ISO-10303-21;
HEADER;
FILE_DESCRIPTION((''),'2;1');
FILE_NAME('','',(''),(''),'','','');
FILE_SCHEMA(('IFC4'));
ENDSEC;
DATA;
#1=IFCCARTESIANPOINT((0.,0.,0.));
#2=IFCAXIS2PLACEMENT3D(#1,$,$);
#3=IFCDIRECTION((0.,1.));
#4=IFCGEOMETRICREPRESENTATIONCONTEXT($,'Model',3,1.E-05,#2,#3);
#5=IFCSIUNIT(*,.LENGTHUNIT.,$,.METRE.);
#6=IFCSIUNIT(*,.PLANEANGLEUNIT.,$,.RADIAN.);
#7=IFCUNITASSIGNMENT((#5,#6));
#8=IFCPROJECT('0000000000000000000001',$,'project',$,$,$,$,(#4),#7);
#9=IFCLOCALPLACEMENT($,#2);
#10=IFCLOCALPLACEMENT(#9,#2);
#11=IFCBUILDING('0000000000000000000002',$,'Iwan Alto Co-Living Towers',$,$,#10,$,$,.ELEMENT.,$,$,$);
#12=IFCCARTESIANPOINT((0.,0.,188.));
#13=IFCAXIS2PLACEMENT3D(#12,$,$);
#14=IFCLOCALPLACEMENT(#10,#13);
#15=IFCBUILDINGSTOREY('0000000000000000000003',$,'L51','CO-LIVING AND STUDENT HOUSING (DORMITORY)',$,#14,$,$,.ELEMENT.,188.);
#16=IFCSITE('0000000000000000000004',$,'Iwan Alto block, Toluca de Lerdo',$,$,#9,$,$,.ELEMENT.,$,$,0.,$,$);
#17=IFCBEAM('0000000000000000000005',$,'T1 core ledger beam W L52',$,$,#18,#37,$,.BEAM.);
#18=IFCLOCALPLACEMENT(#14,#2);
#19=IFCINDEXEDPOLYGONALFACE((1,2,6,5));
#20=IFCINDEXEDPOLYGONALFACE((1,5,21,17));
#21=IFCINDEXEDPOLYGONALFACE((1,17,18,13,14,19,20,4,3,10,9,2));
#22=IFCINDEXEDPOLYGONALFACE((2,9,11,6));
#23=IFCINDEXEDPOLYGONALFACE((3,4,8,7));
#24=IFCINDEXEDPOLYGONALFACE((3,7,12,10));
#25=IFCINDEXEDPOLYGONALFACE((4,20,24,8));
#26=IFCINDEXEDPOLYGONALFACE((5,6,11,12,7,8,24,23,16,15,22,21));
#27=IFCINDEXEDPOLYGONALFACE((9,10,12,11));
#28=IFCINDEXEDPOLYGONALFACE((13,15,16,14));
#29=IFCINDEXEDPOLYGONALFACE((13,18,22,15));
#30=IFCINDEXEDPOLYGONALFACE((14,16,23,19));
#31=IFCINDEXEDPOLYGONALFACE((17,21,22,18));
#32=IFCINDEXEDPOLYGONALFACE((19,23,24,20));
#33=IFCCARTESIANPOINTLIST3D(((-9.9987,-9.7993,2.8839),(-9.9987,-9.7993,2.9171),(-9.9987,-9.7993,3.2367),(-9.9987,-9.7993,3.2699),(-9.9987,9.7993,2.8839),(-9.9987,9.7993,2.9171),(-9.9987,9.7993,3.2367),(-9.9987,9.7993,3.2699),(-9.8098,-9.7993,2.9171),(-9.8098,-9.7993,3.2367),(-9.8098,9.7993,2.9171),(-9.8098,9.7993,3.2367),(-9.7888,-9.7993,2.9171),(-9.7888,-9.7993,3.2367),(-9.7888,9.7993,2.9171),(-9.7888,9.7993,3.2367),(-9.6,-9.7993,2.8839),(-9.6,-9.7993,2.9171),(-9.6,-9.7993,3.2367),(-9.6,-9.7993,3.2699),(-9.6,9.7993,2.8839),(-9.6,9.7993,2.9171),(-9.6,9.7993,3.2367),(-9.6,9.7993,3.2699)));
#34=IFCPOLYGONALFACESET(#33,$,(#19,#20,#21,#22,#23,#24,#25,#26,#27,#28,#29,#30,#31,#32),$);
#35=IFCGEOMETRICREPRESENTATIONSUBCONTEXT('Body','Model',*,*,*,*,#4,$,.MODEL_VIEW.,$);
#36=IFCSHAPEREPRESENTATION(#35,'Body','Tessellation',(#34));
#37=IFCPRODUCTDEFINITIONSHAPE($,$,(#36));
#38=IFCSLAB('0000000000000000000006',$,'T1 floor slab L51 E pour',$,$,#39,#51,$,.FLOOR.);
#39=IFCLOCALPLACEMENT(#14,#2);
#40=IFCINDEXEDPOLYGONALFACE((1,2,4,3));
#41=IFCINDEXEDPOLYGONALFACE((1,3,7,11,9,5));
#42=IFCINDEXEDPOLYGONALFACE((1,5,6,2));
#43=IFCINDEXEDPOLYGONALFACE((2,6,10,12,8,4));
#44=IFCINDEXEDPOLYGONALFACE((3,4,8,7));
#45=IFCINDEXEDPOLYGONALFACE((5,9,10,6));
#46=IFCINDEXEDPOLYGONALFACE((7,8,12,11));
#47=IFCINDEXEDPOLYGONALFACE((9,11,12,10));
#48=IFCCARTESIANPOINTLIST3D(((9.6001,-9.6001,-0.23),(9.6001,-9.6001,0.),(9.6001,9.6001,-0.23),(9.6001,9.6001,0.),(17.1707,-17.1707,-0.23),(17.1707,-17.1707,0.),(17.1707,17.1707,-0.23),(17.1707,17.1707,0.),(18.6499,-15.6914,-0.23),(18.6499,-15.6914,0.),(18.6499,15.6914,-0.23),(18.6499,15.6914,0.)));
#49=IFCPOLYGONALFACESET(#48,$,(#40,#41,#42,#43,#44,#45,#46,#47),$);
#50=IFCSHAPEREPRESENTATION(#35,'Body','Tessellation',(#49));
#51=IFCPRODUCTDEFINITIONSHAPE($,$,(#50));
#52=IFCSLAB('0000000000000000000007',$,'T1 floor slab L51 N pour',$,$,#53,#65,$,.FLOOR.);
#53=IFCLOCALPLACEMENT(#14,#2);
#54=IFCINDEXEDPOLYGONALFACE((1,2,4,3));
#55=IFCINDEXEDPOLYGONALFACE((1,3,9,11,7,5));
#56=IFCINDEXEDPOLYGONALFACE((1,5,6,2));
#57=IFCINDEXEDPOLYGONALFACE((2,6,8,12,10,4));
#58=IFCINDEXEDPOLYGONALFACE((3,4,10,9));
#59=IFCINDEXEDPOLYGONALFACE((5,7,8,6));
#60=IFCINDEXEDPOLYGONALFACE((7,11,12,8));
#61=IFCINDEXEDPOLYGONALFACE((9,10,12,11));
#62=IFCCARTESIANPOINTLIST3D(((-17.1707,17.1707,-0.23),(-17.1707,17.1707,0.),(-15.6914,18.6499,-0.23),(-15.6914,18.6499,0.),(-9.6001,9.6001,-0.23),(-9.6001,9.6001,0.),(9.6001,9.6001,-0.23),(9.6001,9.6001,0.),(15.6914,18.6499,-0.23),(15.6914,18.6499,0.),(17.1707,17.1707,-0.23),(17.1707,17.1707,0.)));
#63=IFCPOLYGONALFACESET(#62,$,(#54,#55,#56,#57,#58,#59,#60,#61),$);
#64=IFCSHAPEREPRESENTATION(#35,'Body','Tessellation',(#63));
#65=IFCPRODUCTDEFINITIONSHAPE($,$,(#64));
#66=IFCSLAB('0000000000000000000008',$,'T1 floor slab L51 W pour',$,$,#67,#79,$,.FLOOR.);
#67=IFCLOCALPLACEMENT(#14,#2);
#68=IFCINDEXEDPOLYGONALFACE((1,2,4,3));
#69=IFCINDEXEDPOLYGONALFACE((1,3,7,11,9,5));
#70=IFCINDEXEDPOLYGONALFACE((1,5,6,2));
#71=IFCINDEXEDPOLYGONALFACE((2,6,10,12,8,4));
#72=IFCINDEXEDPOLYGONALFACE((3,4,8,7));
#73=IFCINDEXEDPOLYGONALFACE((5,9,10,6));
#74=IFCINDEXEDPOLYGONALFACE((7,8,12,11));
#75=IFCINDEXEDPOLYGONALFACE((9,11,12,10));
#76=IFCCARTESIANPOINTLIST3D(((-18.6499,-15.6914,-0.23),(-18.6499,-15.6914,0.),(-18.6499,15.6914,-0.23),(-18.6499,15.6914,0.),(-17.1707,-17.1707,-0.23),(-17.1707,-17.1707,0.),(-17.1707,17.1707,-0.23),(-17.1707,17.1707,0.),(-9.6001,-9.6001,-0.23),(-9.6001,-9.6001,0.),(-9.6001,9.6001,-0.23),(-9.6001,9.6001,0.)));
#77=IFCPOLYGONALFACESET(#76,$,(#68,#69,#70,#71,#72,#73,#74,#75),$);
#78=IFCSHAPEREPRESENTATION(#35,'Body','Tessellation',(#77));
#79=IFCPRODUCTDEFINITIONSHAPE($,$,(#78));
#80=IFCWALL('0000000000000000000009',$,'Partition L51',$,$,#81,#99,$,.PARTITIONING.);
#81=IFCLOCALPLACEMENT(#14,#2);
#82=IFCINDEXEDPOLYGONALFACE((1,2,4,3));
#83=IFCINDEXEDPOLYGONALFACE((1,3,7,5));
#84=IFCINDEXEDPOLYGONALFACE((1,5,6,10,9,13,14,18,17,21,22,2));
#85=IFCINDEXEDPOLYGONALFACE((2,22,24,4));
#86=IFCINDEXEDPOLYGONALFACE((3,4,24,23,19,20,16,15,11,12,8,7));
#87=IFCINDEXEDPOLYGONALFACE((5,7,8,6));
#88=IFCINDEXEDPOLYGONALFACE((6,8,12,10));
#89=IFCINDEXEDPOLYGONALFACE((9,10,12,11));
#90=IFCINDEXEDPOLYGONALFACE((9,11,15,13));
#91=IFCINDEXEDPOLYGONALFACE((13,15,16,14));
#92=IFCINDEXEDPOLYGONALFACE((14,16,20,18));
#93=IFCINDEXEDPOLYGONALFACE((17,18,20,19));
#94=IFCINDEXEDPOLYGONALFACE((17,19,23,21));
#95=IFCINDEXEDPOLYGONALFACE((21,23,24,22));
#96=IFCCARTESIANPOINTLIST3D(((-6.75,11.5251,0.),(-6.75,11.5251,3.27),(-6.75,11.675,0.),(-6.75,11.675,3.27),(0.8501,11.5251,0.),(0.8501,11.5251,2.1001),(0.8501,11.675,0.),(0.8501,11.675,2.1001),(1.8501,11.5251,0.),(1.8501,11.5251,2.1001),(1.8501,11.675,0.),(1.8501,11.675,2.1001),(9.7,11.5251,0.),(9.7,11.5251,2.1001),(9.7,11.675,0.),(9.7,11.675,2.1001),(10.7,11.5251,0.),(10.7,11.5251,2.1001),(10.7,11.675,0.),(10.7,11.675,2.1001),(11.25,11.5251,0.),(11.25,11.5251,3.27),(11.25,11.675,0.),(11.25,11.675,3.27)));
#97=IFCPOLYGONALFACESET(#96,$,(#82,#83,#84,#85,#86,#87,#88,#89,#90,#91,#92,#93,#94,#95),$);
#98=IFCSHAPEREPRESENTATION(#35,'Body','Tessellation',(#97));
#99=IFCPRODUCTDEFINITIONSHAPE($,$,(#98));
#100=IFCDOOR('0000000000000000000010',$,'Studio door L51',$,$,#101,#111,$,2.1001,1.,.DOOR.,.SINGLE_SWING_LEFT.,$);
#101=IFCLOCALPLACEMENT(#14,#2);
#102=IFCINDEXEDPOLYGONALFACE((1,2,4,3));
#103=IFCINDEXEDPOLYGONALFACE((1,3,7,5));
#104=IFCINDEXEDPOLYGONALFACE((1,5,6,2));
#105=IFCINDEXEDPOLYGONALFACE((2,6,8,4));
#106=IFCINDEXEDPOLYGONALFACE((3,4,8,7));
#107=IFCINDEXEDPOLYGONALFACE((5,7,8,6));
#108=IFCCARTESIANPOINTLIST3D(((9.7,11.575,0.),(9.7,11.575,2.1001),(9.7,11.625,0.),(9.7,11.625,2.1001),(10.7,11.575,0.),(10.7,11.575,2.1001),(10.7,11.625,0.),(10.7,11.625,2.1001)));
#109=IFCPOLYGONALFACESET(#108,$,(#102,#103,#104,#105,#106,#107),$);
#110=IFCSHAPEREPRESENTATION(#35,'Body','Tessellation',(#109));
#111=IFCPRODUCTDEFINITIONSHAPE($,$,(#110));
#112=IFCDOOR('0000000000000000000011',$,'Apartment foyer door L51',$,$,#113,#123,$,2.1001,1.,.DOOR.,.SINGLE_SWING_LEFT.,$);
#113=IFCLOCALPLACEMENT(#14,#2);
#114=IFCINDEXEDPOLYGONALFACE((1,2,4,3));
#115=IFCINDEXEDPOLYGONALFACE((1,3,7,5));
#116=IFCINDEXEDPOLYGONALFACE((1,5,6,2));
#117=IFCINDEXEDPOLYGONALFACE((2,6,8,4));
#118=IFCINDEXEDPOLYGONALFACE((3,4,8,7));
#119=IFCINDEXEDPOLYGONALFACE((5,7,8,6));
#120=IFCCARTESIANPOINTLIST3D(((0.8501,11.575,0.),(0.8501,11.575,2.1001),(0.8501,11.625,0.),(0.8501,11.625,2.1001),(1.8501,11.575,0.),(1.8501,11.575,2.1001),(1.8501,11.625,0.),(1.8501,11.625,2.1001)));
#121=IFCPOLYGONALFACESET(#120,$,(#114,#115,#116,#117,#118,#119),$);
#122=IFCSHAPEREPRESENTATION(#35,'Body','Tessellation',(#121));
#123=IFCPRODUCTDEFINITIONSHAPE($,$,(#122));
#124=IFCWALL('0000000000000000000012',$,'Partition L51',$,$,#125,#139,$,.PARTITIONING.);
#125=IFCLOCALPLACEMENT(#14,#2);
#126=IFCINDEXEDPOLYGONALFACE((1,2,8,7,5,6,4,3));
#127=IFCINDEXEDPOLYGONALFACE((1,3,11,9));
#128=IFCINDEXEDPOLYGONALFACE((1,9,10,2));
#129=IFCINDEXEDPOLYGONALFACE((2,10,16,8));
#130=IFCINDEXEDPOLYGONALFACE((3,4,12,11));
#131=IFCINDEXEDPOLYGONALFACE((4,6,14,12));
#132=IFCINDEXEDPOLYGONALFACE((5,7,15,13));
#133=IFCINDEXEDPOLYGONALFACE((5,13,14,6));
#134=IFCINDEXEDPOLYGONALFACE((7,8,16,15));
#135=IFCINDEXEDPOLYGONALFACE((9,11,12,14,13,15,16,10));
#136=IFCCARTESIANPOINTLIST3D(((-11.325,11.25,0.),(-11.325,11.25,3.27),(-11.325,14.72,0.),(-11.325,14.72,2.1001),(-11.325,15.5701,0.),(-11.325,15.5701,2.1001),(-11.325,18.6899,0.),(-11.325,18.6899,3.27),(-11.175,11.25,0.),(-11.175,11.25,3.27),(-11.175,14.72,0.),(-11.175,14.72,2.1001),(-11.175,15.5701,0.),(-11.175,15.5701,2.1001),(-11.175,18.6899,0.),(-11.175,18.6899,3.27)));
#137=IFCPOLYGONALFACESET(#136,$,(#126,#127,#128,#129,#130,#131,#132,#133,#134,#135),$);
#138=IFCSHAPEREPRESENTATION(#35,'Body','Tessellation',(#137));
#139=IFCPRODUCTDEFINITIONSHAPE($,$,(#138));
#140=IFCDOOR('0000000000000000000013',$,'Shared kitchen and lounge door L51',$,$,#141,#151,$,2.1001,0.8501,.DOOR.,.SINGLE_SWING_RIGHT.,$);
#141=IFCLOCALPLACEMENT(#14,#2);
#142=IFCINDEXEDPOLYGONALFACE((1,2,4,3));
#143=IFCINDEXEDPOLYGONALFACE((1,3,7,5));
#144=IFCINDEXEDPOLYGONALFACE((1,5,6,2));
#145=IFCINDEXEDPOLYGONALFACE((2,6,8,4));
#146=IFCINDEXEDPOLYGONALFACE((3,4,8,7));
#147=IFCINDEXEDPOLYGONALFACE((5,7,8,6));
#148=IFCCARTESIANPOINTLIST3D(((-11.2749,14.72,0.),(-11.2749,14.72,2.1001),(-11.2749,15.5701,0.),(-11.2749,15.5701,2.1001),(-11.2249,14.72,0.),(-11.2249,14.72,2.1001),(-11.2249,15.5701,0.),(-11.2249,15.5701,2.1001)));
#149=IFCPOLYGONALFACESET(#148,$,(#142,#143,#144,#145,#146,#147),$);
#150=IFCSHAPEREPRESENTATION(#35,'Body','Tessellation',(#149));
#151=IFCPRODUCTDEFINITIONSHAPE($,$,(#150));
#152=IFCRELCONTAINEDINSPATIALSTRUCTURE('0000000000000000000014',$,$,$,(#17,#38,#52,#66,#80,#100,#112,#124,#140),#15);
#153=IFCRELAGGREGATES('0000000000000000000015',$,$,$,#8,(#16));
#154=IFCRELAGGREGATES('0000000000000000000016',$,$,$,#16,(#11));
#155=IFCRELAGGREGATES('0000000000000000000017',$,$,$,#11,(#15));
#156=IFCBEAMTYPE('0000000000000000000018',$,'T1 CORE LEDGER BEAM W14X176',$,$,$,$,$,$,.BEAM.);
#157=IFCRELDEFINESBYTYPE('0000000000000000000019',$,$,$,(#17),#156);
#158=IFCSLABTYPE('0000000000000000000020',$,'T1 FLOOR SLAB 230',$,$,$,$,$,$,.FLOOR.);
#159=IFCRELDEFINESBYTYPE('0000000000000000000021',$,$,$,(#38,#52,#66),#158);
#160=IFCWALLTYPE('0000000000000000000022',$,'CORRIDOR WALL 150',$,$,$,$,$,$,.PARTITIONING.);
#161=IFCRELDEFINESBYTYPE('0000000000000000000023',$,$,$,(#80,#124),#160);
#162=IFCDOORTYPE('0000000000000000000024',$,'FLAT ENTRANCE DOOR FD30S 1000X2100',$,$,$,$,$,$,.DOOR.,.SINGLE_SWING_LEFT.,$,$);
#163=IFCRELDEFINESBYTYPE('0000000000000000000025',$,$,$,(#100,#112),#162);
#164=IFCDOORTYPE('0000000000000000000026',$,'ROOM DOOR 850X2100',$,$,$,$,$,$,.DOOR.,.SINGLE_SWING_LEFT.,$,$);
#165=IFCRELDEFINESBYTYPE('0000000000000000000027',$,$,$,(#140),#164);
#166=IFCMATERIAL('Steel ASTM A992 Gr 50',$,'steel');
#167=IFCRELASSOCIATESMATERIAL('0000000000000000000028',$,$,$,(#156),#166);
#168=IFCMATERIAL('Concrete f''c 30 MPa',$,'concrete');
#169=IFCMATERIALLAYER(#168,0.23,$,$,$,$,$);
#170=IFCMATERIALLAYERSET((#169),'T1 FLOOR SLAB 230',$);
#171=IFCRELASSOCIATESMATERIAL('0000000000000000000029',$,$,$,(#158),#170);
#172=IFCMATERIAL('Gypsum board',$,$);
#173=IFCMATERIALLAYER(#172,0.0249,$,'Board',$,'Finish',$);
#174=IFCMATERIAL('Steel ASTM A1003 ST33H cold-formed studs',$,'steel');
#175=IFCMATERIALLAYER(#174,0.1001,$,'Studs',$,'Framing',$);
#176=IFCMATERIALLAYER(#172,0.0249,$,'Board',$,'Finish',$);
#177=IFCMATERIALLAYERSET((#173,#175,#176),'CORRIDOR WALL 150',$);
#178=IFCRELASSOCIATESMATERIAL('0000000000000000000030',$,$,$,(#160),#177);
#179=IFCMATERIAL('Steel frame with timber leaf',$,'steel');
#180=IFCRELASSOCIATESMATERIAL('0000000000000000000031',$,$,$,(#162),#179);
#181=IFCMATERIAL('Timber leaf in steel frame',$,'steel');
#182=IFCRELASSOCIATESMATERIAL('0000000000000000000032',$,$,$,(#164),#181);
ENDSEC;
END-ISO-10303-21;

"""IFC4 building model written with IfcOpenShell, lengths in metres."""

from ifc_helpers import new_model, si_unit, direction, frame, frame_2d, origin, origin_2d, place, context, subcontext, project, spatial, polyline, rectangle, i_section, outline, extrude, material, layer, layer_set, material_profile, profile_set, type_object, element, fill, save


model = new_model("IFC4")

# Units and contexts
model_context = context("Model", 3, precision=1e-05, world=origin(), true_north=direction((0.0, 1.0)))
body_context = subcontext(model_context, "Body", "Model", "MODEL_VIEW")
ifc_project = project(units=[si_unit("LENGTHUNIT", "METRE"), si_unit("PLANEANGLEUNIT", "RADIAN")], contexts=[model_context])

# Site, building, storey
site_placement = place(None, origin())
site = spatial("IfcSite", under=ifc_project, at=site_placement, Name="Iwan Alto block, Toluca de Lerdo", CompositionType="ELEMENT", RefElevation=0.0)
building_placement = place(site_placement, origin())
building = spatial("IfcBuilding", under=site, at=building_placement, Name="Iwan Alto Co-Living Towers", CompositionType="ELEMENT")
storey_placement = place(building_placement, frame((0.0, 0.0, 188.0)))
storey = spatial("IfcBuildingStorey", under=building, at=storey_placement, Name="L51", Description="CO-LIVING AND STUDENT HOUSING (DORMITORY)", CompositionType="ELEMENT", Elevation=188.0)

# Beam
ifc_material_1 = material(Name="Steel ASTM A992 Gr 50", Category="steel")
ifc_material_profile = material_profile(ifc_material_1, i_section(OverallWidth=0.3987, OverallDepth=0.386, WebThickness=0.021, FlangeThickness=0.0332, at=origin_2d()), Name="W14X176")
ifc_profile_set = profile_set([ifc_material_profile], Name="Steel ASTM A992 Gr 50")
beam_type = type_object("IfcBeamType", Name="T1 CORE LEDGER BEAM W14X176", PredefinedType="BEAM", material=ifc_profile_set)
beam_placement = place(storey_placement, frame((-9.7993, 9.7993, 3.0769), z_axis=(0.0, -1.0, 0.0), x_axis=(1.0, 0.0, 0.0)))
element("IfcBeam", 1, at=beam_placement, inside=storey, type_object=beam_type, Name="T1 core ledger beam W L52", PredefinedType="BEAM", context=body_context, shape_type="SweptSolid", body=[
    extrude(i_section(OverallWidth=0.3987, OverallDepth=0.386, WebThickness=0.021, FlangeThickness=0.0332, at=origin_2d()), origin(), (0.0, 0.0, 1.0), 19.5986),
])

# Slabs
ifc_material_2 = material(Name="Concrete f'c 30 MPa", Category="concrete")
ifc_layer_1 = layer(ifc_material_2, 0.23)
ifc_layer_set_1 = layer_set([ifc_layer_1], Name="T1 FLOOR SLAB 230")
slab_type = type_object("IfcSlabType", Name="T1 FLOOR SLAB 230", PredefinedType="FLOOR", material=ifc_layer_set_1)
slab_1_placement = place(storey_placement, frame((0.0, 0.0, -0.23)))
element("IfcSlab", 2, at=slab_1_placement, inside=storey, type_object=slab_type, Name="T1 floor slab L51 E pour", PredefinedType="FLOOR", context=body_context, shape_type="SweptSolid", body=[
    extrude(outline(polyline([(18.6499, 15.6914), (18.6499, -15.6914), (17.1707, -17.1707), (9.6001, -9.6001), (9.6001, 9.6001), (17.1707, 17.1707), (18.6499, 15.6914)])), origin(), (0.0, 0.0, 1.0), 0.23),
])
slab_2_placement = place(storey_placement, frame((0.0, 0.0, -0.23)))
element("IfcSlab", 3, at=slab_2_placement, inside=storey, type_object=slab_type, Name="T1 floor slab L51 N pour", PredefinedType="FLOOR", context=body_context, shape_type="SweptSolid", body=[
    extrude(outline(polyline([(-15.6914, 18.6499), (15.6914, 18.6499), (17.1707, 17.1707), (9.6001, 9.6001), (-9.6001, 9.6001), (-17.1707, 17.1707), (-15.6914, 18.6499)])), origin(), (0.0, 0.0, 1.0), 0.23),
])
slab_3_placement = place(storey_placement, frame((0.0, 0.0, -0.23)))
element("IfcSlab", 4, at=slab_3_placement, inside=storey, type_object=slab_type, Name="T1 floor slab L51 W pour", PredefinedType="FLOOR", context=body_context, shape_type="SweptSolid", body=[
    extrude(outline(polyline([(-18.6499, 15.6914), (-17.1707, 17.1707), (-9.6001, 9.6001), (-9.6001, -9.6001), (-17.1707, -17.1707), (-18.6499, -15.6914), (-18.6499, 15.6914)])), origin(), (0.0, 0.0, 1.0), 0.23),
])

# Wall, openings, doors
ifc_material_3 = material(Name="Gypsum board")
ifc_layer_2 = layer(ifc_material_3, 0.0249, Name="Board", Category="Finish")
ifc_material_4 = material(Name="Steel ASTM A1003 ST33H cold-formed studs", Category="steel")
ifc_layer_3 = layer(ifc_material_4, 0.1001, Name="Studs", Category="Framing")
ifc_layer_4 = layer(ifc_material_3, 0.0249, Name="Board", Category="Finish")
ifc_layer_set_2 = layer_set([ifc_layer_2, ifc_layer_3, ifc_layer_4], Name="CORRIDOR WALL 150")
wall_type_1 = type_object("IfcWallType", Name="CORRIDOR WALL 150", PredefinedType="PARTITIONING", material=ifc_layer_set_2)
wall_1_placement = place(storey_placement, frame((-6.75, 11.6001, 0.0), z_axis=(0.0, 0.0, 1.0), x_axis=(1.0, 0.0, 0.0)))
wall_1 = element("IfcWall", 5, at=wall_1_placement, inside=storey, type_object=wall_type_1, Name="Partition L51", PredefinedType="PARTITIONING", context=body_context, shape_type="SweptSolid", body=[
    extrude(rectangle(XDim=18.0, YDim=0.1499, at=frame_2d((9.0, 0.0))), origin(), (0.0, 0.0, 1.0), 3.27),
])
opening_1_placement = place(wall_1_placement, frame((16.45, 0.0, 0.0)))
opening_1 = element("IfcOpeningElement", 6, at=opening_1_placement, cuts=wall_1, PredefinedType="OPENING", context=body_context, shape_type="SweptSolid", body=[
    extrude(rectangle(XDim=1.0, YDim=2.1001, at=frame_2d((0.5, 1.05))), frame((0.0, 0.085, 0.0), z_axis=(0.0, -1.0, 0.0), x_axis=(1.0, 0.0, 0.0)), (0.0, 0.0, 1.0), 0.1699),
])
opening_2_placement = place(wall_1_placement, frame((7.6001, 0.0, 0.0)))
opening_2 = element("IfcOpeningElement", 7, at=opening_2_placement, cuts=wall_1, PredefinedType="OPENING", context=body_context, shape_type="SweptSolid", body=[
    extrude(rectangle(XDim=1.0, YDim=2.1001, at=frame_2d((0.5, 1.05))), frame((0.0, 0.085, 0.0), z_axis=(0.0, -1.0, 0.0), x_axis=(1.0, 0.0, 0.0)), (0.0, 0.0, 1.0), 0.1699),
])
ifc_material_5 = material(Name="Steel frame with timber leaf", Category="steel")
door_type_1 = type_object("IfcDoorType", Name="FLAT ENTRANCE DOOR FD30S 1000X2100", OperationType="SINGLE_SWING_LEFT", PredefinedType="DOOR", material=ifc_material_5)
door_1_placement = place(opening_1_placement, origin())
door_1 = element("IfcDoor", 8, at=door_1_placement, inside=storey, type_object=door_type_1, Name="Studio door L51", OperationType="SINGLE_SWING_LEFT", OverallHeight=2.1001, OverallWidth=1.0, PredefinedType="DOOR", context=body_context, shape_type="SweptSolid", body=[
    extrude(rectangle(XDim=1.0, YDim=2.1001, at=frame_2d((0.5, 1.05))), frame((0.0, 0.0249, 0.0), z_axis=(0.0, -1.0, 0.0), x_axis=(1.0, 0.0, 0.0)), (0.0, 0.0, 1.0), 0.05),
])
fill(opening_1, door_1)
door_2_placement = place(opening_2_placement, origin())
door_2 = element("IfcDoor", 9, at=door_2_placement, inside=storey, type_object=door_type_1, Name="Apartment foyer door L51", OperationType="SINGLE_SWING_LEFT", OverallHeight=2.1001, OverallWidth=1.0, PredefinedType="DOOR", context=body_context, shape_type="SweptSolid", body=[
    extrude(rectangle(XDim=1.0, YDim=2.1001, at=frame_2d((0.5, 1.05))), frame((0.0, 0.0249, 0.0), z_axis=(0.0, -1.0, 0.0), x_axis=(1.0, 0.0, 0.0)), (0.0, 0.0, 1.0), 0.05),
])
fill(opening_2, door_2)

# Wall, opening, door
wall_2_placement = place(storey_placement, frame((-11.25, 11.25, 0.0), z_axis=(0.0, 0.0, 1.0), x_axis=(0.0, 1.0, 0.0)))
wall_2 = element("IfcWall", 10, at=wall_2_placement, inside=storey, type_object=wall_type_1, Name="Partition L51", PredefinedType="PARTITIONING", context=body_context, shape_type="SweptSolid", body=[
    extrude(rectangle(XDim=7.4399, YDim=0.1499, at=frame_2d((3.72, 0.0))), origin(), (0.0, 0.0, 1.0), 3.27),
])
opening_3_placement = place(wall_2_placement, frame((3.47, 0.0, 0.0)))
opening_3 = element("IfcOpeningElement", 11, at=opening_3_placement, cuts=wall_2, PredefinedType="OPENING", context=body_context, shape_type="SweptSolid", body=[
    extrude(rectangle(XDim=0.8501, YDim=2.1001, at=frame_2d((0.425, 1.05))), frame((0.0, 0.085, 0.0), z_axis=(0.0, -1.0, 0.0), x_axis=(1.0, 0.0, 0.0)), (0.0, 0.0, 1.0), 0.1699),
])
ifc_material_6 = material(Name="Timber leaf in steel frame", Category="steel")
door_type_2 = type_object("IfcDoorType", Name="ROOM DOOR 850X2100", OperationType="SINGLE_SWING_LEFT", PredefinedType="DOOR", material=ifc_material_6)
door_3_placement = place(opening_3_placement, origin())
door_3 = element("IfcDoor", 12, at=door_3_placement, inside=storey, type_object=door_type_2, Name="Shared kitchen and lounge door L51", OperationType="SINGLE_SWING_RIGHT", OverallHeight=2.1001, OverallWidth=0.8501, PredefinedType="DOOR", context=body_context, shape_type="SweptSolid", body=[
    extrude(rectangle(XDim=0.8501, YDim=2.1001, at=frame_2d((0.425, 1.05))), frame((0.0, 0.0249, 0.0), z_axis=(0.0, -1.0, 0.0), x_axis=(1.0, 0.0, 0.0)), (0.0, 0.0, 1.0), 0.05),
])
fill(opening_3, door_3)

save(model, "model.ifc")
